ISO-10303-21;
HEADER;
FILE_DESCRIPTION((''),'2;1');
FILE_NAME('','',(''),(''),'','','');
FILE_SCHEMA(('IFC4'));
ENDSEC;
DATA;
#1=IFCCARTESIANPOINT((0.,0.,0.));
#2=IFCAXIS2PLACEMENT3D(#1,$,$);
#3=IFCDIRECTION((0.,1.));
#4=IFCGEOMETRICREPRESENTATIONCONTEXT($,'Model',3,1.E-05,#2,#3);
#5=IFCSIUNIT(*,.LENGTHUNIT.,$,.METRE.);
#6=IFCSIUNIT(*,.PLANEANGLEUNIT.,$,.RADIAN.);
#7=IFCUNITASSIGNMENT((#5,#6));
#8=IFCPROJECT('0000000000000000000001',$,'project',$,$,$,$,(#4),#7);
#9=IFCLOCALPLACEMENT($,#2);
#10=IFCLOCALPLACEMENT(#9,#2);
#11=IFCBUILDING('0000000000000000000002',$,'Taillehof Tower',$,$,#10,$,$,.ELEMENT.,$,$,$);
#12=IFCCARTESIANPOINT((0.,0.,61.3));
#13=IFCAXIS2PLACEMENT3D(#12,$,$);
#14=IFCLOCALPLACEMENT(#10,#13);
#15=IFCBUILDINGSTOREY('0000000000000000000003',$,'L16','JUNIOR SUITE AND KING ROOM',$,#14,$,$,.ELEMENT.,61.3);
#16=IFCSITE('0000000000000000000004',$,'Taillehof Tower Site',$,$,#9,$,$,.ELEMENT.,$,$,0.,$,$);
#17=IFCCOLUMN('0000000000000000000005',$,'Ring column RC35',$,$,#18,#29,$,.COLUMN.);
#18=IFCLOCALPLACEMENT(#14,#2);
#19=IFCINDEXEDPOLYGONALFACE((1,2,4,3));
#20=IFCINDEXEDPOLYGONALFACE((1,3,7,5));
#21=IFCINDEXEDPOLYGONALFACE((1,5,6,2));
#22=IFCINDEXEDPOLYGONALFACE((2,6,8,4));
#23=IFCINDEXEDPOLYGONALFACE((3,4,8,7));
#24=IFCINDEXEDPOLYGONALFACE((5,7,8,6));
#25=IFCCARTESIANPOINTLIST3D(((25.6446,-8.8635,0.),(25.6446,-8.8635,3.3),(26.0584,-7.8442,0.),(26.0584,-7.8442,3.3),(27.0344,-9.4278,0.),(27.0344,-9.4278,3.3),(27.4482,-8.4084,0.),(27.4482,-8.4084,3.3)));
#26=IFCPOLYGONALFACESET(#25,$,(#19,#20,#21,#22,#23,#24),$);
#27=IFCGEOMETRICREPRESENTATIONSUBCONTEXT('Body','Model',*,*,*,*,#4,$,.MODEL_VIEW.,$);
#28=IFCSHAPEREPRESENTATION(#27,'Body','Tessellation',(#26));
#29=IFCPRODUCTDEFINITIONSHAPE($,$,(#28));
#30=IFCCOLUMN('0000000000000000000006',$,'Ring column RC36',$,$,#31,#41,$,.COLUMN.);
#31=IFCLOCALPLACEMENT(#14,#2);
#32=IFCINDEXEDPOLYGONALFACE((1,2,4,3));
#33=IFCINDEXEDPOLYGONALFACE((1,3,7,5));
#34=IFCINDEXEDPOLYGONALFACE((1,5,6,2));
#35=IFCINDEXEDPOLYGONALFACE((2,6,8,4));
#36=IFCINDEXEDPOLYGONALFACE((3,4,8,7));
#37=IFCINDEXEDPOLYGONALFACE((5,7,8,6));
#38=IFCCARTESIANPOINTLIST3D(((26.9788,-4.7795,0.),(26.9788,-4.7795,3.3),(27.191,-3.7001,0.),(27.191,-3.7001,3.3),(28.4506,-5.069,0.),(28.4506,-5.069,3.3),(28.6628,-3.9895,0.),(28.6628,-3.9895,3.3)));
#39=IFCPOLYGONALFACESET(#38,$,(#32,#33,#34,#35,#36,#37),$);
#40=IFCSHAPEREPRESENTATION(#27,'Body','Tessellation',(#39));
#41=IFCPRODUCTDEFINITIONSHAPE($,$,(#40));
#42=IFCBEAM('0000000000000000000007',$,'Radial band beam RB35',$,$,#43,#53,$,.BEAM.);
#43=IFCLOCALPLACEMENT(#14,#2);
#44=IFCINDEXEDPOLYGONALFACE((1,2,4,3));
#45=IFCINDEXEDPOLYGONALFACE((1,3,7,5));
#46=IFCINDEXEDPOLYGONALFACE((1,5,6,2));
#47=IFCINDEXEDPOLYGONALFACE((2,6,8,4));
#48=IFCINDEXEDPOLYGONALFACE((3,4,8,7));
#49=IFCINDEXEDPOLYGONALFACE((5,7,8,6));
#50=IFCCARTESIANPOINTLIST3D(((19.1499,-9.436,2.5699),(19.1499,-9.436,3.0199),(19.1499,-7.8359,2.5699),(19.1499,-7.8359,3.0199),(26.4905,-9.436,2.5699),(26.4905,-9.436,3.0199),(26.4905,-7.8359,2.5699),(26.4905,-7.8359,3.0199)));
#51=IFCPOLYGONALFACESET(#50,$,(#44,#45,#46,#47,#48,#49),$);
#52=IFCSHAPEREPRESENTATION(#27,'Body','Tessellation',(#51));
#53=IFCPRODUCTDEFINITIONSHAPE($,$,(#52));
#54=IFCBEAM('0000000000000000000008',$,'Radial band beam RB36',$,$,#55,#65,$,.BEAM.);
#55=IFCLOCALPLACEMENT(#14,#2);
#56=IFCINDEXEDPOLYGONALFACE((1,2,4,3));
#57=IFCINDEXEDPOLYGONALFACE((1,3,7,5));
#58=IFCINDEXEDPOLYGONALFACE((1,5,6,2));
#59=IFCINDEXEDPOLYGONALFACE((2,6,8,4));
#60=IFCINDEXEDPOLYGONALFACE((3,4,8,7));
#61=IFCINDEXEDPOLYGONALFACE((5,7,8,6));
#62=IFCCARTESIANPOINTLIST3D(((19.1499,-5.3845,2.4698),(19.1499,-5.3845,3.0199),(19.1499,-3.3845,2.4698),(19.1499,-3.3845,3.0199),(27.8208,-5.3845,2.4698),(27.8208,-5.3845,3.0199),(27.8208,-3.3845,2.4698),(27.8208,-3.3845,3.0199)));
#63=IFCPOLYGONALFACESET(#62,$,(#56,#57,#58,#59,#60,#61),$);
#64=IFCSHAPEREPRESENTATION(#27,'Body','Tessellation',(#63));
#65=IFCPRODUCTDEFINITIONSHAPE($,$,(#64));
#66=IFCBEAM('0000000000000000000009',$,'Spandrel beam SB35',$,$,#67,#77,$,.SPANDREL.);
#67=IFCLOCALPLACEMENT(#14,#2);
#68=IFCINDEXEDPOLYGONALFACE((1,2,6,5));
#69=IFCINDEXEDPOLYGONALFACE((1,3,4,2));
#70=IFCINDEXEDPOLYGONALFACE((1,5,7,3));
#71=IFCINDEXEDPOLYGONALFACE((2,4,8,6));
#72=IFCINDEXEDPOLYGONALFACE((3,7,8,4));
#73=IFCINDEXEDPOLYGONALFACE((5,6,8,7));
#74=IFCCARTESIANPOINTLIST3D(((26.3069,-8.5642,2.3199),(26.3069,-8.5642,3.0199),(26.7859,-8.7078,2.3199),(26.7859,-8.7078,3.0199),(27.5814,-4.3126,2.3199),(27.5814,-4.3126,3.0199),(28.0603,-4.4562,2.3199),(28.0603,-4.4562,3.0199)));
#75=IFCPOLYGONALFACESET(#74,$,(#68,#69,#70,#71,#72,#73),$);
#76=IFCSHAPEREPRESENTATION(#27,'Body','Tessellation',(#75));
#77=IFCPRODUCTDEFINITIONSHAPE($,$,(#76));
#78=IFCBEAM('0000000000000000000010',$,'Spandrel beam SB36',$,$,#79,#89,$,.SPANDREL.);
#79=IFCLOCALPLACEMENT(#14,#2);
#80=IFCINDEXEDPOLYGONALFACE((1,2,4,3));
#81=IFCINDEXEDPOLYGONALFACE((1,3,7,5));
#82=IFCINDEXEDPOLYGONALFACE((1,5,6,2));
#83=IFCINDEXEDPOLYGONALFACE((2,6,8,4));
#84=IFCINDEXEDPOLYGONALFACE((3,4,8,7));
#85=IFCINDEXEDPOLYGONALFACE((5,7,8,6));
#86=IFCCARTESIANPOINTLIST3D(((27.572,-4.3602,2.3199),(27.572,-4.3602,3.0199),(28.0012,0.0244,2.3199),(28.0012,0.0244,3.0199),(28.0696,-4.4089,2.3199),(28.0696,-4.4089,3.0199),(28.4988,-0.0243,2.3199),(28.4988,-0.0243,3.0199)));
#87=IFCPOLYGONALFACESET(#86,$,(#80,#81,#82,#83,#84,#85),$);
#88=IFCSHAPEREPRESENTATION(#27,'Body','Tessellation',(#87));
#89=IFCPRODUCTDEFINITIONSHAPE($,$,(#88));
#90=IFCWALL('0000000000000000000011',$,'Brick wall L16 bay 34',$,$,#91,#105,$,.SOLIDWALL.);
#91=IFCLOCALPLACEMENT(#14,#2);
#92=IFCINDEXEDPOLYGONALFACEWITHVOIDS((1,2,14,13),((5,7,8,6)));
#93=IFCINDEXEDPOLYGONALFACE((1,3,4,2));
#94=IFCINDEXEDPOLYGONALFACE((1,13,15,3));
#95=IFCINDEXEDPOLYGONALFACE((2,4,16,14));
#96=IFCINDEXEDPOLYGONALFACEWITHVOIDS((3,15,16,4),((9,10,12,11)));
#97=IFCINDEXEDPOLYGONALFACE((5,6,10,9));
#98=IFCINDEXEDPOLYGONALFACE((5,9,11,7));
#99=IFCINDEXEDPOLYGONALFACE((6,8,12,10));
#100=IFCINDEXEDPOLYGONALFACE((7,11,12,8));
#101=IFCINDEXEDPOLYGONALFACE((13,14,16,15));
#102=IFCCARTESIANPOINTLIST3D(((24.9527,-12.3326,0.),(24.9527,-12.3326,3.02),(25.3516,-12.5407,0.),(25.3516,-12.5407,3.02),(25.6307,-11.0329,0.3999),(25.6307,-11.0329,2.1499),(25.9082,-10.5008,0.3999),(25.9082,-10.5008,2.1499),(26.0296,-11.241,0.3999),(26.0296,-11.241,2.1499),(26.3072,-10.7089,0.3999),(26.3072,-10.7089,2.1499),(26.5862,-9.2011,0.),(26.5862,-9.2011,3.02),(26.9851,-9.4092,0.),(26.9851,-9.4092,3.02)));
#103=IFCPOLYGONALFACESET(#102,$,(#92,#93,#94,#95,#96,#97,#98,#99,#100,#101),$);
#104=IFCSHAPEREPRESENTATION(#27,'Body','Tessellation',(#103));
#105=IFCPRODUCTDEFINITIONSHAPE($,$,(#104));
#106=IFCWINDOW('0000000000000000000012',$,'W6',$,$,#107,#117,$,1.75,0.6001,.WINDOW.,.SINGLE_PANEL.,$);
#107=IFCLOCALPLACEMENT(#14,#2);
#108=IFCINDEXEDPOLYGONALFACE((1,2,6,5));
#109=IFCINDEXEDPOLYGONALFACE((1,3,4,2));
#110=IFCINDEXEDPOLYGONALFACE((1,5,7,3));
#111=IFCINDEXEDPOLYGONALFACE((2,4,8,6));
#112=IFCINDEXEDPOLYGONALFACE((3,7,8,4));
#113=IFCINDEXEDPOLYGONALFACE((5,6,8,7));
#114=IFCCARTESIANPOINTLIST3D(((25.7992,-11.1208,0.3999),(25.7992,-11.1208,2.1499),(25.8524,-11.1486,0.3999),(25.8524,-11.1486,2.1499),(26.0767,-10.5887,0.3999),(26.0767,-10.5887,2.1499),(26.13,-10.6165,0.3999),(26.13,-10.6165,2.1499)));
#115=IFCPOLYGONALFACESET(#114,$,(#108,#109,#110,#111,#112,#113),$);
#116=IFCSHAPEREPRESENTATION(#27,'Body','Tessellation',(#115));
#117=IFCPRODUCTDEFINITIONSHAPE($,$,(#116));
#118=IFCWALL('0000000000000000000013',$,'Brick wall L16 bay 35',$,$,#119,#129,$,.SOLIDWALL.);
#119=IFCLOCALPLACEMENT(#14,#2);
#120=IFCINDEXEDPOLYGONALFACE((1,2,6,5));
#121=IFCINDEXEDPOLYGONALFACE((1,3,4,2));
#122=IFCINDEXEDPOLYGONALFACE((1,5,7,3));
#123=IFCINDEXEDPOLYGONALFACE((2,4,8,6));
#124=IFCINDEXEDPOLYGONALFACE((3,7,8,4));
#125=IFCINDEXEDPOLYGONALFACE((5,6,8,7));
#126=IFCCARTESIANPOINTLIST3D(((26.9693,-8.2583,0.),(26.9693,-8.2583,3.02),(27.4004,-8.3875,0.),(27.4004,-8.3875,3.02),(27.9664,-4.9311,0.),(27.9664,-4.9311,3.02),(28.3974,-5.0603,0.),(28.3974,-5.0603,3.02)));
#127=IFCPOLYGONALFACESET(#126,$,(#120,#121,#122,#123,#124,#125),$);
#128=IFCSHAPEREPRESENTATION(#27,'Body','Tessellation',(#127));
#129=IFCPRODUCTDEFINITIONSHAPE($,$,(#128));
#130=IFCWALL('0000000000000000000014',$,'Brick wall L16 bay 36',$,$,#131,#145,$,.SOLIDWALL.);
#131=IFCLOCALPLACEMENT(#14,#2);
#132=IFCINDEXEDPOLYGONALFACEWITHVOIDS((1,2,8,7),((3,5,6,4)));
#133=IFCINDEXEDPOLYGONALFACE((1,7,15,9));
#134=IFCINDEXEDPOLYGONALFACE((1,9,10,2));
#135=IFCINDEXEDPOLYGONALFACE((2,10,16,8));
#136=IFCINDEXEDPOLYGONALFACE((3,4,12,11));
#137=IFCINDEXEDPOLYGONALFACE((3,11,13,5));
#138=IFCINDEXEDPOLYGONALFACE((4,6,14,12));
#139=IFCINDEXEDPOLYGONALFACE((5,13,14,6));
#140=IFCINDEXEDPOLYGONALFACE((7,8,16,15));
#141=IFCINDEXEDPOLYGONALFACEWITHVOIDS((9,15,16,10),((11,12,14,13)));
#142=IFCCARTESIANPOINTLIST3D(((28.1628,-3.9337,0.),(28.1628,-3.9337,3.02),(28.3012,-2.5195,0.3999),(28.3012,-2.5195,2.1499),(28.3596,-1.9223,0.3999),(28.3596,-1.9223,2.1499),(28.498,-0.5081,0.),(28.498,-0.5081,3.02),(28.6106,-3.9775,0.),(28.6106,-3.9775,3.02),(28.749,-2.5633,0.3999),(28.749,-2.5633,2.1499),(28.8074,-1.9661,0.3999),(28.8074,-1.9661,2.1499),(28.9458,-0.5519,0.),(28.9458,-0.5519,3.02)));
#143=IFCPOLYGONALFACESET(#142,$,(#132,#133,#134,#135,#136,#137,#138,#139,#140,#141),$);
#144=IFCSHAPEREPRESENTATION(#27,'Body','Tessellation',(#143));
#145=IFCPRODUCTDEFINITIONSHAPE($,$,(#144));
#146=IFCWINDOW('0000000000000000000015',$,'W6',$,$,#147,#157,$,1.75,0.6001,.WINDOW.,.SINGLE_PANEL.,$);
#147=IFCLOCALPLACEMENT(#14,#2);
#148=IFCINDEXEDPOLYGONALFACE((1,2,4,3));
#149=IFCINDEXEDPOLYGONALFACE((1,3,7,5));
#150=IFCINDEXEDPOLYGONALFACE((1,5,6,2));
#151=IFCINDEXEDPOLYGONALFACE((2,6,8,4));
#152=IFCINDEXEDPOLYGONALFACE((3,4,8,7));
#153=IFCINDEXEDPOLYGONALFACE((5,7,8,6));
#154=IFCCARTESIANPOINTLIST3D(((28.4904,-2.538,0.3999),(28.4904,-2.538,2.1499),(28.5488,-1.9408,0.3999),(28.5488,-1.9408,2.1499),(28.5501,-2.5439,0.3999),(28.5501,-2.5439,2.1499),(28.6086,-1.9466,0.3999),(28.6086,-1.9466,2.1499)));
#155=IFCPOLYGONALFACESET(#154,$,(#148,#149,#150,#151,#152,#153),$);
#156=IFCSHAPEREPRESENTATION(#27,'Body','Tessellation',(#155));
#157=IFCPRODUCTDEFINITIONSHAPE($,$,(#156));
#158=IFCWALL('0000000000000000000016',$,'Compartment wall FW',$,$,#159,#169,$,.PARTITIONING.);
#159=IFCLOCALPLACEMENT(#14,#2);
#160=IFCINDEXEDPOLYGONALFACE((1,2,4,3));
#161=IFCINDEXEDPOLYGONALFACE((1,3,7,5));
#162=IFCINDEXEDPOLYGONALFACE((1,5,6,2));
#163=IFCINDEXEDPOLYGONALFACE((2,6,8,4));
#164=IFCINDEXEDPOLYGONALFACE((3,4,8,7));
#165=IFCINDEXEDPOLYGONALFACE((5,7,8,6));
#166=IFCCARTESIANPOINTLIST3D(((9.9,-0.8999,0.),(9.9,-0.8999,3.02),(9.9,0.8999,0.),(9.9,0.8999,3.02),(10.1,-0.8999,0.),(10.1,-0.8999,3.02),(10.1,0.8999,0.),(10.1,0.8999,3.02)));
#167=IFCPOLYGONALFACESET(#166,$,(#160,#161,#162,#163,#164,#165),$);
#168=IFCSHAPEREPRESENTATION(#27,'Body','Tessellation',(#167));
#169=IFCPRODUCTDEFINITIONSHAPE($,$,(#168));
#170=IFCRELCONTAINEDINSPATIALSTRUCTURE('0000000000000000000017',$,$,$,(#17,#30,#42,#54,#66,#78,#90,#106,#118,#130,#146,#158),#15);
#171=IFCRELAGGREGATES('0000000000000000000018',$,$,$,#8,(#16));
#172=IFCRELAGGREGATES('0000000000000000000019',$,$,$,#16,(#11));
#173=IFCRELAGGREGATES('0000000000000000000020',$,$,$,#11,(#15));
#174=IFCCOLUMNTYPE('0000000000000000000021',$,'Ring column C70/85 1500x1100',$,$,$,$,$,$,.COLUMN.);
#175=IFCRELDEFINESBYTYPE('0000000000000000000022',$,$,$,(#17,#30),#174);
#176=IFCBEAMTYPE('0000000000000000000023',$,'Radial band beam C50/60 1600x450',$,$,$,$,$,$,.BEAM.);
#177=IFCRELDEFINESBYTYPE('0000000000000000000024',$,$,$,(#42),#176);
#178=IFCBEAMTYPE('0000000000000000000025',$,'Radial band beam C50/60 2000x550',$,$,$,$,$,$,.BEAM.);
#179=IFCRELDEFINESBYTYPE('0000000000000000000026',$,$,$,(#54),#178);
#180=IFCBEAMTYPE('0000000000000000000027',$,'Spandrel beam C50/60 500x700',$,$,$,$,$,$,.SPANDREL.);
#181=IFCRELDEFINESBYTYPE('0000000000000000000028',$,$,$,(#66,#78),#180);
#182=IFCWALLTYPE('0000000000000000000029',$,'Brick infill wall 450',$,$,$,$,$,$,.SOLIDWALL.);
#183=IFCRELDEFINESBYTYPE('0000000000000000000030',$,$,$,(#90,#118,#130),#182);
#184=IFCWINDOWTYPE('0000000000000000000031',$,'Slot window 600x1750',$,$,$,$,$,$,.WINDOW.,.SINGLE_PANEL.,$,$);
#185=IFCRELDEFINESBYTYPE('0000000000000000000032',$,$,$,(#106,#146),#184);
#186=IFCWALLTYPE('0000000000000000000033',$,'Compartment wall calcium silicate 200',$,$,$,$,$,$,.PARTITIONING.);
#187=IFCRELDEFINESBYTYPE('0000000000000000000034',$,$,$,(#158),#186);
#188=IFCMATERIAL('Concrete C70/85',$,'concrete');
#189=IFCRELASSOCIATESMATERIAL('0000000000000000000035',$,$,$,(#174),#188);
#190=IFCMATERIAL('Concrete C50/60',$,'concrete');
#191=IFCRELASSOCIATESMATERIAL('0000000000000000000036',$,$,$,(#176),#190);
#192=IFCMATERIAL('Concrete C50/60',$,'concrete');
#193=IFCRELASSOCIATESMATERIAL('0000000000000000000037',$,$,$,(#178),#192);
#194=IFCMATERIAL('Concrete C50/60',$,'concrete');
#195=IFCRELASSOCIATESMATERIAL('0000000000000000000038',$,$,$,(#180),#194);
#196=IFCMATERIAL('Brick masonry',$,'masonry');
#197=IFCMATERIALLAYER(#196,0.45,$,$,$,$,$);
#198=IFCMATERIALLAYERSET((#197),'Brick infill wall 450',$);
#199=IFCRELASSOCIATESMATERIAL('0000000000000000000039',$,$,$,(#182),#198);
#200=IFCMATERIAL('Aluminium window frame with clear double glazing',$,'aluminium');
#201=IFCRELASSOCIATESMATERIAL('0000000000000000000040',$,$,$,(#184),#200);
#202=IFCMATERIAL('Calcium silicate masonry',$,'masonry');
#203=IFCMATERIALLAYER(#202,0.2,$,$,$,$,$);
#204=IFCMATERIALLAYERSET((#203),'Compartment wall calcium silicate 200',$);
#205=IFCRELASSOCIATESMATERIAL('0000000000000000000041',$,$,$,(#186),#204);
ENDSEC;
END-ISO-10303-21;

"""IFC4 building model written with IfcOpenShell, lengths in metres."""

from ifc_helpers import new_model, si_unit, direction, frame, frame_2d, origin, origin_2d, place, context, subcontext, project, spatial, rectangle, extrude, material, layer, layer_set, material_profile, profile_set, type_object, element, fill, save


model = new_model("IFC4")

# Units and contexts
model_context = context("Model", 3, precision=1e-05, world=origin(), true_north=direction((0.0, 1.0)))
body_context = subcontext(model_context, "Body", "Model", "MODEL_VIEW")
ifc_project = project(units=[si_unit("LENGTHUNIT", "METRE"), si_unit("PLANEANGLEUNIT", "RADIAN")], contexts=[model_context])

# Site, building, storey
site_placement = place(None, origin())
site = spatial("IfcSite", under=ifc_project, at=site_placement, Name="Taillehof Tower Site", CompositionType="ELEMENT", RefElevation=0.0)
building_placement = place(site_placement, origin())
building = spatial("IfcBuilding", under=site, at=building_placement, Name="Taillehof Tower", CompositionType="ELEMENT")
storey_placement = place(building_placement, frame((0.0, 0.0, 61.3)))
storey = spatial("IfcBuildingStorey", under=building, at=storey_placement, Name="L16", Description="JUNIOR SUITE AND KING ROOM", CompositionType="ELEMENT", Elevation=61.3)

# Columns
ifc_material_1 = material(Name="Concrete C70/85", Category="concrete")
ifc_material_profile_1 = material_profile(ifc_material_1, rectangle(XDim=1.5, YDim=1.1001, at=origin_2d()), Name="RC 1500x1100")
ifc_profile_set_1 = profile_set([ifc_material_profile_1], Name="Concrete C70/85")
column_type = type_object("IfcColumnType", Name="Ring column C70/85 1500x1100", PredefinedType="COLUMN", material=ifc_profile_set_1)
for number, where, z_axis, x_axis, name in (
    (1, (26.5464, -8.636, 0.0), (0.0, 0.0, 1.0), (0.926558, -0.376152, 0.0), "Ring column RC35"),
    (2, (27.8208, -4.3845, 0.0), (0.0, 0.0, 1.0), (0.981204, -0.192976, 0.0), "Ring column RC36"),
):
    element("IfcColumn", number, at=place(storey_placement, frame(where, z_axis=z_axis, x_axis=x_axis)), inside=storey, type_object=column_type, Name=name, PredefinedType="COLUMN", context=body_context, shape_type="SweptSolid", body=[
        extrude(rectangle(XDim=1.5, YDim=1.1001, at=origin_2d()), origin(), (0.0, 0.0, 1.0), 3.3),
    ])

# Beams
ifc_material_2 = material(Name="Concrete C50/60", Category="concrete")
ifc_material_profile_2 = material_profile(ifc_material_2, rectangle(XDim=1.6001, YDim=0.45, at=origin_2d()), Name="RC 1600x450")
ifc_profile_set_2 = profile_set([ifc_material_profile_2], Name="Concrete C50/60")
beam_type_1 = type_object("IfcBeamType", Name="Radial band beam C50/60 1600x450", PredefinedType="BEAM", material=ifc_profile_set_2)
beam_1_placement = place(storey_placement, frame((26.4905, -8.636, 2.7949), z_axis=(-1.0, 0.0, 0.0), x_axis=(0.0, -1.0, 0.0)))
element("IfcBeam", 3, at=beam_1_placement, inside=storey, type_object=beam_type_1, Name="Radial band beam RB35", PredefinedType="BEAM", context=body_context, shape_type="SweptSolid", body=[
    extrude(rectangle(XDim=1.6001, YDim=0.45, at=origin_2d()), origin(), (0.0, 0.0, 1.0), 7.3406),
])
ifc_material_3 = material(Name="Concrete C50/60", Category="concrete")
ifc_material_profile_3 = material_profile(ifc_material_3, rectangle(XDim=2.0, YDim=0.55, at=origin_2d()), Name="RC 2000x550")
ifc_profile_set_3 = profile_set([ifc_material_profile_3], Name="Concrete C50/60")
beam_type_2 = type_object("IfcBeamType", Name="Radial band beam C50/60 2000x550", PredefinedType="BEAM", material=ifc_profile_set_3)
beam_2_placement = place(storey_placement, frame((27.8208, -4.3845, 2.7449), z_axis=(-1.0, 0.0, 0.0), x_axis=(0.0, -1.0, 0.0)))
element("IfcBeam", 4, at=beam_2_placement, inside=storey, type_object=beam_type_2, Name="Radial band beam RB36", PredefinedType="BEAM", context=body_context, shape_type="SweptSolid", body=[
    extrude(rectangle(XDim=2.0, YDim=0.55, at=origin_2d()), origin(), (0.0, 0.0, 1.0), 8.6709),
])
ifc_material_4 = material(Name="Concrete C50/60", Category="concrete")
ifc_material_profile_4 = material_profile(ifc_material_4, rectangle(XDim=0.5, YDim=0.7, at=origin_2d()), Name="RC 500x700")
ifc_profile_set_4 = profile_set([ifc_material_profile_4], Name="Concrete C50/60")
beam_type_3 = type_object("IfcBeamType", Name="Spandrel beam C50/60 500x700", PredefinedType="SPANDREL", material=ifc_profile_set_4)
beam_3_placement = place(storey_placement, frame((26.5464, -8.636, 2.6699), z_axis=(0.287136, 0.95789, 0.0), x_axis=(-0.95789, 0.287136, 0.0)))
element("IfcBeam", 5, at=beam_3_placement, inside=storey, type_object=beam_type_3, Name="Spandrel beam SB35", PredefinedType="SPANDREL", context=body_context, shape_type="SweptSolid", body=[
    extrude(rectangle(XDim=0.5, YDim=0.7, at=origin_2d()), origin(), (0.0, 0.0, 1.0), 4.4385),
])
beam_4_placement = place(storey_placement, frame((27.8208, -4.3845, 2.6699), z_axis=(0.097424, 0.995243, 0.0), x_axis=(-0.995243, 0.097424, 0.0)))
element("IfcBeam", 6, at=beam_4_placement, inside=storey, type_object=beam_type_3, Name="Spandrel beam SB36", PredefinedType="SPANDREL", context=body_context, shape_type="SweptSolid", body=[
    extrude(rectangle(XDim=0.5, YDim=0.7, at=origin_2d()), origin(), (0.0, 0.0, 1.0), 4.4055),
])

# Wall, opening, window
ifc_material_5 = material(Name="Brick masonry", Category="masonry")
ifc_layer_1 = layer(ifc_material_5, 0.45)
ifc_layer_set_1 = layer_set([ifc_layer_1], Name="Brick infill wall 450")
wall_type_1 = type_object("IfcWallType", Name="Brick infill wall 450", PredefinedType="SOLIDWALL", material=ifc_layer_set_1)
wall_1_placement = place(storey_placement, frame((25.1521, -12.4368, 0.0), z_axis=(0.0, 0.0, 1.0), x_axis=(0.462493, 0.886623, 0.0)))
wall_1 = element("IfcWall", 7, at=wall_1_placement, inside=storey, type_object=wall_type_1, Name="Brick wall L16 bay 34", PredefinedType="SOLIDWALL", context=body_context, shape_type="SweptSolid", body=[
    extrude(rectangle(XDim=3.532, YDim=0.45, at=frame_2d((1.7661, 0.0))), origin(), (0.0, 0.0, 1.0), 3.02),
])
opening_1_placement = place(wall_1_placement, frame((1.4661, 0.0, 0.3999)))
opening_1 = element("IfcOpeningElement", 8, at=opening_1_placement, cuts=wall_1, PredefinedType="OPENING", context=body_context, shape_type="SweptSolid", body=[
    extrude(rectangle(XDim=0.6001, YDim=1.75, at=frame_2d((0.3, 0.875))), frame((0.0, 0.2349, 0.0), z_axis=(0.0, -1.0, 0.0), x_axis=(1.0, 0.0, 0.0)), (0.0, 0.0, 1.0), 0.47),
])
ifc_material_6 = material(Name="Aluminium window frame with clear double glazing", Category="aluminium")
window_type = type_object("IfcWindowType", Name="Slot window 600x1750", PartitioningType="SINGLE_PANEL", PredefinedType="WINDOW", material=ifc_material_6)
window_1_placement = place(opening_1_placement, origin())
window_1 = element("IfcWindow", 9, at=window_1_placement, inside=storey, type_object=window_type, Name="W6", OverallHeight=1.75, OverallWidth=0.6001, PartitioningType="SINGLE_PANEL", PredefinedType="WINDOW", context=body_context, shape_type="SweptSolid", body=[
    extrude(rectangle(XDim=0.6001, YDim=1.75, at=frame_2d((0.3, 0.875))), frame((0.0, 0.0349, 0.0), z_axis=(0.0, -1.0, 0.0), x_axis=(1.0, 0.0, 0.0)), (0.0, 0.0, 1.0), 0.0601),
])
fill(opening_1, window_1)

# Wall
wall_2_placement = place(storey_placement, frame((27.1848, -8.323, 0.0), z_axis=(0.0, 0.0, 1.0), x_axis=(0.287064, 0.957911, 0.0)))
element("IfcWall", 10, at=wall_2_placement, inside=storey, type_object=wall_type_1, Name="Brick wall L16 bay 35", PredefinedType="SOLIDWALL", context=body_context, shape_type="SweptSolid", body=[
    extrude(rectangle(XDim=3.4734, YDim=0.45, at=frame_2d((1.7368, 0.0))), origin(), (0.0, 0.0, 1.0), 3.02),
])

# Wall, opening, window
wall_3_placement = place(storey_placement, frame((28.3867, -3.9556, 0.0), z_axis=(0.0, 0.0, 1.0), x_axis=(0.09739, 0.995246, 0.0)))
wall_3 = element("IfcWall", 11, at=wall_3_placement, inside=storey, type_object=wall_type_1, Name="Brick wall L16 bay 36", PredefinedType="SOLIDWALL", context=body_context, shape_type="SweptSolid", body=[
    extrude(rectangle(XDim=3.4419, YDim=0.45, at=frame_2d((1.7209, 0.0))), origin(), (0.0, 0.0, 1.0), 3.02),
])
opening_2_placement = place(wall_3_placement, frame((1.4209, 0.0, 0.3999)))
opening_2 = element("IfcOpeningElement", 12, at=opening_2_placement, cuts=wall_3, PredefinedType="OPENING", context=body_context, shape_type="SweptSolid", body=[
    extrude(rectangle(XDim=0.6001, YDim=1.75, at=frame_2d((0.3, 0.875))), frame((0.0, 0.2349, 0.0), z_axis=(0.0, -1.0, 0.0), x_axis=(1.0, 0.0, 0.0)), (0.0, 0.0, 1.0), 0.47),
])
window_2_placement = place(opening_2_placement, origin())
window_2 = element("IfcWindow", 13, at=window_2_placement, inside=storey, type_object=window_type, Name="W6", OverallHeight=1.75, OverallWidth=0.6001, PartitioningType="SINGLE_PANEL", PredefinedType="WINDOW", context=body_context, shape_type="SweptSolid", body=[
    extrude(rectangle(XDim=0.6001, YDim=1.75, at=frame_2d((0.3, 0.875))), frame((0.0, 0.0349, 0.0), z_axis=(0.0, -1.0, 0.0), x_axis=(1.0, 0.0, 0.0)), (0.0, 0.0, 1.0), 0.0601),
])
fill(opening_2, window_2)

# Wall
ifc_material_7 = material(Name="Calcium silicate masonry", Category="masonry")
ifc_layer_2 = layer(ifc_material_7, 0.2)
ifc_layer_set_2 = layer_set([ifc_layer_2], Name="Compartment wall calcium silicate 200")
wall_type_2 = type_object("IfcWallType", Name="Compartment wall calcium silicate 200", PredefinedType="PARTITIONING", material=ifc_layer_set_2)
for number, where, z_axis, x_axis, name in (
    (14, (10.0, -0.8999, 0.0), (0.0, 0.0, 1.0), (0.0, 1.0, 0.0), "Compartment wall FW"),
):
    element("IfcWall", number, at=place(storey_placement, frame(where, z_axis=z_axis, x_axis=x_axis)), inside=storey, type_object=wall_type_2, Name=name, PredefinedType="PARTITIONING", context=body_context, shape_type="SweptSolid", body=[
        extrude(rectangle(XDim=1.7998, YDim=0.2, at=frame_2d((0.8999, 0.0))), origin(), (0.0, 0.0, 1.0), 3.02),
    ])

save(model, "model.ifc")
